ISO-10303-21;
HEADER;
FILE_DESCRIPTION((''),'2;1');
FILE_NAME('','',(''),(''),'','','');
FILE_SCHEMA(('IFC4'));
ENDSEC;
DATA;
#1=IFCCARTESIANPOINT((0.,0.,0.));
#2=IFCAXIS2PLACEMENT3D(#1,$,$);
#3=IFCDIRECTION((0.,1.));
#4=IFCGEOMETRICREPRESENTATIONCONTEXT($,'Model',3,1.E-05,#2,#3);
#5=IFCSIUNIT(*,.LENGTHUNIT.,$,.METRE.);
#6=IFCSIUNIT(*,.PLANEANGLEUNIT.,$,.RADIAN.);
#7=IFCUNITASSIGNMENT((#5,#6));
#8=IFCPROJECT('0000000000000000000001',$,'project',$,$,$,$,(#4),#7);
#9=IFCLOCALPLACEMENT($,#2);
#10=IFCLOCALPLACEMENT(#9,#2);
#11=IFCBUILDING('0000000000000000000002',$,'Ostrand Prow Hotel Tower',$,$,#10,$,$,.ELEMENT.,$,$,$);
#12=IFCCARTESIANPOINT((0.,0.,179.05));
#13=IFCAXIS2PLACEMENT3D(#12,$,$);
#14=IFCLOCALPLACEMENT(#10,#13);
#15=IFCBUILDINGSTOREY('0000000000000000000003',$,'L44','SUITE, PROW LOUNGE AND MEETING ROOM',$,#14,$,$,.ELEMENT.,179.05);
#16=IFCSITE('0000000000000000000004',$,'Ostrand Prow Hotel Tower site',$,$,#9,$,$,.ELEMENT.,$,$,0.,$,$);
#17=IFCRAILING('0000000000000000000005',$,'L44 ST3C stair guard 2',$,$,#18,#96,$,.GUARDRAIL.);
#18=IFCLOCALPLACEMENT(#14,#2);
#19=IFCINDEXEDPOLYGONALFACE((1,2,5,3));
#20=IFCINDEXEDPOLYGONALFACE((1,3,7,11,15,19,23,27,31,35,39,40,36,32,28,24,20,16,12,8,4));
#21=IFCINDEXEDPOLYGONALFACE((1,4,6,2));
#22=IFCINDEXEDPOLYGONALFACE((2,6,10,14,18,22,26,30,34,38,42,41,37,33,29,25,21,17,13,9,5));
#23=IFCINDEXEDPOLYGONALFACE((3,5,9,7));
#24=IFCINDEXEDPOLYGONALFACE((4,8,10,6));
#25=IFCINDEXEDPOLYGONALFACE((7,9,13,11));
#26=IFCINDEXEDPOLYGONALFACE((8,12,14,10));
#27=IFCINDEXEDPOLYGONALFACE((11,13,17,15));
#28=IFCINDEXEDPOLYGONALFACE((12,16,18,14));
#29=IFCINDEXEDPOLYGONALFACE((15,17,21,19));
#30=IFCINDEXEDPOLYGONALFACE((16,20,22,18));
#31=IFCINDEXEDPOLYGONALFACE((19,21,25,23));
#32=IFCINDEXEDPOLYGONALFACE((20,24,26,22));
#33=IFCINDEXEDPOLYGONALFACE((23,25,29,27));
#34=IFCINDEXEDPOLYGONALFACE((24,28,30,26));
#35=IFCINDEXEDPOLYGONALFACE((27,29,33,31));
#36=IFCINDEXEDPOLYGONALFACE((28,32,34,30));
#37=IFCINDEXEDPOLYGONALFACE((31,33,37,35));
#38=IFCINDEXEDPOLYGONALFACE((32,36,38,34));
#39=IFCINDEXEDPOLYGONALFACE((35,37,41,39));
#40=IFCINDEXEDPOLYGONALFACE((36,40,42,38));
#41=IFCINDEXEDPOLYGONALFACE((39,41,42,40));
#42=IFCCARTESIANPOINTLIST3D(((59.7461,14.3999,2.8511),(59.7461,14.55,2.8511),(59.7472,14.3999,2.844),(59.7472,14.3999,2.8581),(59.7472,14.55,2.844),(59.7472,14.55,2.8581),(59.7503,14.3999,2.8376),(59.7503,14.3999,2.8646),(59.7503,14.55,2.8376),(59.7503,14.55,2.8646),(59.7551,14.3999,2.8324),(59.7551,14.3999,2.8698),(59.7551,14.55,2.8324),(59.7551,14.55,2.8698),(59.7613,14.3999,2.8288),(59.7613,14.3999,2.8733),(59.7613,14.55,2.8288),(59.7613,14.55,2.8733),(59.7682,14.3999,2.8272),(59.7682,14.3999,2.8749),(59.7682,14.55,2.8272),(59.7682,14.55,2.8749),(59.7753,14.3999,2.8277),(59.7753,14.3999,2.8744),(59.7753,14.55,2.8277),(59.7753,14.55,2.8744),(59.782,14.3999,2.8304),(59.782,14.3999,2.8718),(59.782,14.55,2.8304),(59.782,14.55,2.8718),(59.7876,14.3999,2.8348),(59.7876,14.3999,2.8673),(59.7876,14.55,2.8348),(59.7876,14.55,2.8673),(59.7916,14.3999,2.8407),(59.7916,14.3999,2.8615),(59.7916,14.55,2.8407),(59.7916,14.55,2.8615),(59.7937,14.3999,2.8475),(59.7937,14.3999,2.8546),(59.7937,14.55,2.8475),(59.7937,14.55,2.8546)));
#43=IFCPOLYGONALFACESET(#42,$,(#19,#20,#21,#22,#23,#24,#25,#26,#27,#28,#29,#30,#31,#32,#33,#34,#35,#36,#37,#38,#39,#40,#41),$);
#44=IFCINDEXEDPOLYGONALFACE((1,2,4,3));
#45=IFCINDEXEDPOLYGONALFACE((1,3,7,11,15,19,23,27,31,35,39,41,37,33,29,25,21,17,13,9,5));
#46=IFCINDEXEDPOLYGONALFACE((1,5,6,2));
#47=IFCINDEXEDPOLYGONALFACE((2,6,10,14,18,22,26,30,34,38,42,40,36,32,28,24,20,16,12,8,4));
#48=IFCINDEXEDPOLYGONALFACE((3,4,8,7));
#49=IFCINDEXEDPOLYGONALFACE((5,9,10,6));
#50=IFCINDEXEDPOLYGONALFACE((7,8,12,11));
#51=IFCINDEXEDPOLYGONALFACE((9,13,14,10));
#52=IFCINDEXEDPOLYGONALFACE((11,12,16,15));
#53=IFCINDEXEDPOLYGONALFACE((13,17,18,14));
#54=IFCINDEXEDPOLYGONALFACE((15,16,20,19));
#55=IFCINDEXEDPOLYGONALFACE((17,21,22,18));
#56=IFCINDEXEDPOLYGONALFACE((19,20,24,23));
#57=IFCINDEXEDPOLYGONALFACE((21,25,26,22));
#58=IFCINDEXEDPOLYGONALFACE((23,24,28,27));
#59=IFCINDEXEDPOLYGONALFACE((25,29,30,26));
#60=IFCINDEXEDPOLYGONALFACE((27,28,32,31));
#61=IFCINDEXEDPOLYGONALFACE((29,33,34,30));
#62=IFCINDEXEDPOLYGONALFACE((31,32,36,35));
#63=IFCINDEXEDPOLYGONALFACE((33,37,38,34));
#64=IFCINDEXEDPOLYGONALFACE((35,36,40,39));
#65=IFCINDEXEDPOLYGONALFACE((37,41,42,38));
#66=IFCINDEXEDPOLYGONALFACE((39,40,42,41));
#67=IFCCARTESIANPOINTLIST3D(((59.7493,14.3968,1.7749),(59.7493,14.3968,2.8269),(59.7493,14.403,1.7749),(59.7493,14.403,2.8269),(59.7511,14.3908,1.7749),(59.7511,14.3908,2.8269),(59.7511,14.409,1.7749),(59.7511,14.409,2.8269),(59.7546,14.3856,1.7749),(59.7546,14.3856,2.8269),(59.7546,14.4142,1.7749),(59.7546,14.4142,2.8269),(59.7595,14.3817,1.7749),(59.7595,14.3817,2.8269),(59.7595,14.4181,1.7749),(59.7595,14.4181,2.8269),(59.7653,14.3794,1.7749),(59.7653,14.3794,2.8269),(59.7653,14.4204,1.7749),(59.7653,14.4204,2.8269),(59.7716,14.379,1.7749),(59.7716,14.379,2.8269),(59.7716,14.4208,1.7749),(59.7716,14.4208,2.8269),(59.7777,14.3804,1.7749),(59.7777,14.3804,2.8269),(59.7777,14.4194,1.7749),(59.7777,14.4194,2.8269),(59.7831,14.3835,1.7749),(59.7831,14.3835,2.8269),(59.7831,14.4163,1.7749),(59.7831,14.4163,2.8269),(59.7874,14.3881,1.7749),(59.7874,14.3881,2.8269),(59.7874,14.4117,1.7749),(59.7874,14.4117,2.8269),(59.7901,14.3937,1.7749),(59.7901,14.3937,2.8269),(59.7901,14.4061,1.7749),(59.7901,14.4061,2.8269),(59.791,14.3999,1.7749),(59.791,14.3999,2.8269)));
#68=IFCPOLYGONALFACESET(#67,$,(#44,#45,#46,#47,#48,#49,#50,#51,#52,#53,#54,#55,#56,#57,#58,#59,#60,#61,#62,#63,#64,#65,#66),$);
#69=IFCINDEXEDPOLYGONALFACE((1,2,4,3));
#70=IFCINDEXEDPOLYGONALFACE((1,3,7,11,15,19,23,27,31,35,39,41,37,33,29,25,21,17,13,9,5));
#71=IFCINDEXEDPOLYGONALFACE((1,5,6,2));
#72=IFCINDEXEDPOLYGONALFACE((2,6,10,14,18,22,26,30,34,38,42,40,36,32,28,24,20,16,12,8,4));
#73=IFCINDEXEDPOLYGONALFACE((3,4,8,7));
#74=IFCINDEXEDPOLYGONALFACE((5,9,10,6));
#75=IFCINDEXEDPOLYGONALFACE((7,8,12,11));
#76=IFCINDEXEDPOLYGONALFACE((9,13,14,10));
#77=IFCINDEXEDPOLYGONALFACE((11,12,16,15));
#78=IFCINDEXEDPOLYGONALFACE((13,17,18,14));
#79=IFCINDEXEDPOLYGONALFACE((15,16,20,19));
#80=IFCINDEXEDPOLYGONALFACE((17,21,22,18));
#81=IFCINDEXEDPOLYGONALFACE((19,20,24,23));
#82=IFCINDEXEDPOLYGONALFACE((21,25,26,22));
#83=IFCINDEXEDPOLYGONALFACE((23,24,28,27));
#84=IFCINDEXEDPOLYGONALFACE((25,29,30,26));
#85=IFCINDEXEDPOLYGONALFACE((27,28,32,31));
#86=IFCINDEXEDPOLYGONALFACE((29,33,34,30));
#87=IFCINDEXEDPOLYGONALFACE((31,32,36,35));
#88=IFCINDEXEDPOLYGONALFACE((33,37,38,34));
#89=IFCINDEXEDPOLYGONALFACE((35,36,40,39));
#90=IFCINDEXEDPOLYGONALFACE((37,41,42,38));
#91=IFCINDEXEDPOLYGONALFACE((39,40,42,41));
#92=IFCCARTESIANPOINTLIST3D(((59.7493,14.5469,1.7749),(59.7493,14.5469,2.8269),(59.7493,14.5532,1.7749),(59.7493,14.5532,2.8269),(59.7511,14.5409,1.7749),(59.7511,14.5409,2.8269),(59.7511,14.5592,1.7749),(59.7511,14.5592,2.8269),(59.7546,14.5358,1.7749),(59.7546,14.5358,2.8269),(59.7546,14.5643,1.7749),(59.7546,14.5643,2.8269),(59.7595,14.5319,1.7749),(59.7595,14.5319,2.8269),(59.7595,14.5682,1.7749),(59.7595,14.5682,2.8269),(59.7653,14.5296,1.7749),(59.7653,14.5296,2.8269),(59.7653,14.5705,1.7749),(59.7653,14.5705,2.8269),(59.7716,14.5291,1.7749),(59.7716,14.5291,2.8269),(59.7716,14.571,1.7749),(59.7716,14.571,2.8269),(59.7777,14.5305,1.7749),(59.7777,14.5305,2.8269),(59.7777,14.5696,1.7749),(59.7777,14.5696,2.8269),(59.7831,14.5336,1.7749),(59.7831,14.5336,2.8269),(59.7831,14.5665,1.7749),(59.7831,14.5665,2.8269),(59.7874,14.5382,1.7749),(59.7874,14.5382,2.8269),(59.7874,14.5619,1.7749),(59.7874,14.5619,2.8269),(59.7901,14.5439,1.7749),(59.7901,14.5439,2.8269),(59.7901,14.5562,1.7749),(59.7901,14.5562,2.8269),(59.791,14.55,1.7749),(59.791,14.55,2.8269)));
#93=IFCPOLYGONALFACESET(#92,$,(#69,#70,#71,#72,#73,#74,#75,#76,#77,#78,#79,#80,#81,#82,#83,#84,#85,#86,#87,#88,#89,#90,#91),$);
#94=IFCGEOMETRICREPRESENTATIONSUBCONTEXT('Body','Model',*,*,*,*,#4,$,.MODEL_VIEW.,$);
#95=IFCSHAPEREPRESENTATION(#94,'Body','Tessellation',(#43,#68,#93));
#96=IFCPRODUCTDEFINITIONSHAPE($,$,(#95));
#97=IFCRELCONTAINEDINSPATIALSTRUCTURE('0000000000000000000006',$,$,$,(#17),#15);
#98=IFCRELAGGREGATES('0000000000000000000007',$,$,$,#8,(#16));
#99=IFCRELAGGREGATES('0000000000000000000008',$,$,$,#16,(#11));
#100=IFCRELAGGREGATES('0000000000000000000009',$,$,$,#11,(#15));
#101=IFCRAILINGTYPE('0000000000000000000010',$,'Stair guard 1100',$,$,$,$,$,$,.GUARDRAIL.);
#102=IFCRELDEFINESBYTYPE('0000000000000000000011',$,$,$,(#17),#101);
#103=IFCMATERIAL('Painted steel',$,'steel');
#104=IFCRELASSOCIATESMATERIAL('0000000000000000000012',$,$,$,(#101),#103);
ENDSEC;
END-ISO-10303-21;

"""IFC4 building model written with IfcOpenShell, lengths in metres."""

from ifc_helpers import new_model, si_unit, direction, frame, origin, origin_2d, place, context, subcontext, project, spatial, circle, extrude, material, type_object, element, save


model = new_model("IFC4")

# Units and contexts
model_context = context("Model", 3, precision=1e-05, world=origin(), true_north=direction((0.0, 1.0)))
body_context = subcontext(model_context, "Body", "Model", "MODEL_VIEW")
ifc_project = project(units=[si_unit("LENGTHUNIT", "METRE"), si_unit("PLANEANGLEUNIT", "RADIAN")], contexts=[model_context])

# Site, building, storey
site_placement = place(None, origin())
site = spatial("IfcSite", under=ifc_project, at=site_placement, Name="Ostrand Prow Hotel Tower site", CompositionType="ELEMENT", RefElevation=0.0)
building_placement = place(site_placement, origin())
building = spatial("IfcBuilding", under=site, at=building_placement, Name="Ostrand Prow Hotel Tower", CompositionType="ELEMENT")
storey_placement = place(building_placement, frame((0.0, 0.0, 179.05)))
storey = spatial("IfcBuildingStorey", under=building, at=storey_placement, Name="L44", Description="SUITE, PROW LOUNGE AND MEETING ROOM", CompositionType="ELEMENT", Elevation=179.05)

# Railing
ifc_material_1 = material(Name="Painted steel", Category="steel")
railing_type_1 = type_object("IfcRailingType", Name="Stair guard 1100", PredefinedType="GUARDRAIL", material=ifc_material_1)
railing_1_placement = place(storey_placement, frame((59.77, 14.3999, 1.7749)))
element("IfcRailing", 1, at=railing_1_placement, inside=storey, type_object=railing_type_1, Name="L44 ST3C stair guard 2", PredefinedType="GUARDRAIL", context=body_context, shape_type="SweptSolid", body=[
    extrude(circle(Radius=0.0239, at=origin_2d()), frame((0.0, 0.0, 1.0762), z_axis=(0.0, 1.0, 0.0), x_axis=(-1.0, 0.0, 0.0)), (0.0, 0.0, 1.0), 0.1501),
    extrude(circle(Radius=0.021, at=origin_2d()), origin(), (0.0, 0.0, 1.0), 1.052),
    extrude(circle(Radius=0.021, at=origin_2d()), frame((0.0, 0.1501, 0.0)), (0.0, 0.0, 1.0), 1.052),
])

save(model, "model.ifc")
